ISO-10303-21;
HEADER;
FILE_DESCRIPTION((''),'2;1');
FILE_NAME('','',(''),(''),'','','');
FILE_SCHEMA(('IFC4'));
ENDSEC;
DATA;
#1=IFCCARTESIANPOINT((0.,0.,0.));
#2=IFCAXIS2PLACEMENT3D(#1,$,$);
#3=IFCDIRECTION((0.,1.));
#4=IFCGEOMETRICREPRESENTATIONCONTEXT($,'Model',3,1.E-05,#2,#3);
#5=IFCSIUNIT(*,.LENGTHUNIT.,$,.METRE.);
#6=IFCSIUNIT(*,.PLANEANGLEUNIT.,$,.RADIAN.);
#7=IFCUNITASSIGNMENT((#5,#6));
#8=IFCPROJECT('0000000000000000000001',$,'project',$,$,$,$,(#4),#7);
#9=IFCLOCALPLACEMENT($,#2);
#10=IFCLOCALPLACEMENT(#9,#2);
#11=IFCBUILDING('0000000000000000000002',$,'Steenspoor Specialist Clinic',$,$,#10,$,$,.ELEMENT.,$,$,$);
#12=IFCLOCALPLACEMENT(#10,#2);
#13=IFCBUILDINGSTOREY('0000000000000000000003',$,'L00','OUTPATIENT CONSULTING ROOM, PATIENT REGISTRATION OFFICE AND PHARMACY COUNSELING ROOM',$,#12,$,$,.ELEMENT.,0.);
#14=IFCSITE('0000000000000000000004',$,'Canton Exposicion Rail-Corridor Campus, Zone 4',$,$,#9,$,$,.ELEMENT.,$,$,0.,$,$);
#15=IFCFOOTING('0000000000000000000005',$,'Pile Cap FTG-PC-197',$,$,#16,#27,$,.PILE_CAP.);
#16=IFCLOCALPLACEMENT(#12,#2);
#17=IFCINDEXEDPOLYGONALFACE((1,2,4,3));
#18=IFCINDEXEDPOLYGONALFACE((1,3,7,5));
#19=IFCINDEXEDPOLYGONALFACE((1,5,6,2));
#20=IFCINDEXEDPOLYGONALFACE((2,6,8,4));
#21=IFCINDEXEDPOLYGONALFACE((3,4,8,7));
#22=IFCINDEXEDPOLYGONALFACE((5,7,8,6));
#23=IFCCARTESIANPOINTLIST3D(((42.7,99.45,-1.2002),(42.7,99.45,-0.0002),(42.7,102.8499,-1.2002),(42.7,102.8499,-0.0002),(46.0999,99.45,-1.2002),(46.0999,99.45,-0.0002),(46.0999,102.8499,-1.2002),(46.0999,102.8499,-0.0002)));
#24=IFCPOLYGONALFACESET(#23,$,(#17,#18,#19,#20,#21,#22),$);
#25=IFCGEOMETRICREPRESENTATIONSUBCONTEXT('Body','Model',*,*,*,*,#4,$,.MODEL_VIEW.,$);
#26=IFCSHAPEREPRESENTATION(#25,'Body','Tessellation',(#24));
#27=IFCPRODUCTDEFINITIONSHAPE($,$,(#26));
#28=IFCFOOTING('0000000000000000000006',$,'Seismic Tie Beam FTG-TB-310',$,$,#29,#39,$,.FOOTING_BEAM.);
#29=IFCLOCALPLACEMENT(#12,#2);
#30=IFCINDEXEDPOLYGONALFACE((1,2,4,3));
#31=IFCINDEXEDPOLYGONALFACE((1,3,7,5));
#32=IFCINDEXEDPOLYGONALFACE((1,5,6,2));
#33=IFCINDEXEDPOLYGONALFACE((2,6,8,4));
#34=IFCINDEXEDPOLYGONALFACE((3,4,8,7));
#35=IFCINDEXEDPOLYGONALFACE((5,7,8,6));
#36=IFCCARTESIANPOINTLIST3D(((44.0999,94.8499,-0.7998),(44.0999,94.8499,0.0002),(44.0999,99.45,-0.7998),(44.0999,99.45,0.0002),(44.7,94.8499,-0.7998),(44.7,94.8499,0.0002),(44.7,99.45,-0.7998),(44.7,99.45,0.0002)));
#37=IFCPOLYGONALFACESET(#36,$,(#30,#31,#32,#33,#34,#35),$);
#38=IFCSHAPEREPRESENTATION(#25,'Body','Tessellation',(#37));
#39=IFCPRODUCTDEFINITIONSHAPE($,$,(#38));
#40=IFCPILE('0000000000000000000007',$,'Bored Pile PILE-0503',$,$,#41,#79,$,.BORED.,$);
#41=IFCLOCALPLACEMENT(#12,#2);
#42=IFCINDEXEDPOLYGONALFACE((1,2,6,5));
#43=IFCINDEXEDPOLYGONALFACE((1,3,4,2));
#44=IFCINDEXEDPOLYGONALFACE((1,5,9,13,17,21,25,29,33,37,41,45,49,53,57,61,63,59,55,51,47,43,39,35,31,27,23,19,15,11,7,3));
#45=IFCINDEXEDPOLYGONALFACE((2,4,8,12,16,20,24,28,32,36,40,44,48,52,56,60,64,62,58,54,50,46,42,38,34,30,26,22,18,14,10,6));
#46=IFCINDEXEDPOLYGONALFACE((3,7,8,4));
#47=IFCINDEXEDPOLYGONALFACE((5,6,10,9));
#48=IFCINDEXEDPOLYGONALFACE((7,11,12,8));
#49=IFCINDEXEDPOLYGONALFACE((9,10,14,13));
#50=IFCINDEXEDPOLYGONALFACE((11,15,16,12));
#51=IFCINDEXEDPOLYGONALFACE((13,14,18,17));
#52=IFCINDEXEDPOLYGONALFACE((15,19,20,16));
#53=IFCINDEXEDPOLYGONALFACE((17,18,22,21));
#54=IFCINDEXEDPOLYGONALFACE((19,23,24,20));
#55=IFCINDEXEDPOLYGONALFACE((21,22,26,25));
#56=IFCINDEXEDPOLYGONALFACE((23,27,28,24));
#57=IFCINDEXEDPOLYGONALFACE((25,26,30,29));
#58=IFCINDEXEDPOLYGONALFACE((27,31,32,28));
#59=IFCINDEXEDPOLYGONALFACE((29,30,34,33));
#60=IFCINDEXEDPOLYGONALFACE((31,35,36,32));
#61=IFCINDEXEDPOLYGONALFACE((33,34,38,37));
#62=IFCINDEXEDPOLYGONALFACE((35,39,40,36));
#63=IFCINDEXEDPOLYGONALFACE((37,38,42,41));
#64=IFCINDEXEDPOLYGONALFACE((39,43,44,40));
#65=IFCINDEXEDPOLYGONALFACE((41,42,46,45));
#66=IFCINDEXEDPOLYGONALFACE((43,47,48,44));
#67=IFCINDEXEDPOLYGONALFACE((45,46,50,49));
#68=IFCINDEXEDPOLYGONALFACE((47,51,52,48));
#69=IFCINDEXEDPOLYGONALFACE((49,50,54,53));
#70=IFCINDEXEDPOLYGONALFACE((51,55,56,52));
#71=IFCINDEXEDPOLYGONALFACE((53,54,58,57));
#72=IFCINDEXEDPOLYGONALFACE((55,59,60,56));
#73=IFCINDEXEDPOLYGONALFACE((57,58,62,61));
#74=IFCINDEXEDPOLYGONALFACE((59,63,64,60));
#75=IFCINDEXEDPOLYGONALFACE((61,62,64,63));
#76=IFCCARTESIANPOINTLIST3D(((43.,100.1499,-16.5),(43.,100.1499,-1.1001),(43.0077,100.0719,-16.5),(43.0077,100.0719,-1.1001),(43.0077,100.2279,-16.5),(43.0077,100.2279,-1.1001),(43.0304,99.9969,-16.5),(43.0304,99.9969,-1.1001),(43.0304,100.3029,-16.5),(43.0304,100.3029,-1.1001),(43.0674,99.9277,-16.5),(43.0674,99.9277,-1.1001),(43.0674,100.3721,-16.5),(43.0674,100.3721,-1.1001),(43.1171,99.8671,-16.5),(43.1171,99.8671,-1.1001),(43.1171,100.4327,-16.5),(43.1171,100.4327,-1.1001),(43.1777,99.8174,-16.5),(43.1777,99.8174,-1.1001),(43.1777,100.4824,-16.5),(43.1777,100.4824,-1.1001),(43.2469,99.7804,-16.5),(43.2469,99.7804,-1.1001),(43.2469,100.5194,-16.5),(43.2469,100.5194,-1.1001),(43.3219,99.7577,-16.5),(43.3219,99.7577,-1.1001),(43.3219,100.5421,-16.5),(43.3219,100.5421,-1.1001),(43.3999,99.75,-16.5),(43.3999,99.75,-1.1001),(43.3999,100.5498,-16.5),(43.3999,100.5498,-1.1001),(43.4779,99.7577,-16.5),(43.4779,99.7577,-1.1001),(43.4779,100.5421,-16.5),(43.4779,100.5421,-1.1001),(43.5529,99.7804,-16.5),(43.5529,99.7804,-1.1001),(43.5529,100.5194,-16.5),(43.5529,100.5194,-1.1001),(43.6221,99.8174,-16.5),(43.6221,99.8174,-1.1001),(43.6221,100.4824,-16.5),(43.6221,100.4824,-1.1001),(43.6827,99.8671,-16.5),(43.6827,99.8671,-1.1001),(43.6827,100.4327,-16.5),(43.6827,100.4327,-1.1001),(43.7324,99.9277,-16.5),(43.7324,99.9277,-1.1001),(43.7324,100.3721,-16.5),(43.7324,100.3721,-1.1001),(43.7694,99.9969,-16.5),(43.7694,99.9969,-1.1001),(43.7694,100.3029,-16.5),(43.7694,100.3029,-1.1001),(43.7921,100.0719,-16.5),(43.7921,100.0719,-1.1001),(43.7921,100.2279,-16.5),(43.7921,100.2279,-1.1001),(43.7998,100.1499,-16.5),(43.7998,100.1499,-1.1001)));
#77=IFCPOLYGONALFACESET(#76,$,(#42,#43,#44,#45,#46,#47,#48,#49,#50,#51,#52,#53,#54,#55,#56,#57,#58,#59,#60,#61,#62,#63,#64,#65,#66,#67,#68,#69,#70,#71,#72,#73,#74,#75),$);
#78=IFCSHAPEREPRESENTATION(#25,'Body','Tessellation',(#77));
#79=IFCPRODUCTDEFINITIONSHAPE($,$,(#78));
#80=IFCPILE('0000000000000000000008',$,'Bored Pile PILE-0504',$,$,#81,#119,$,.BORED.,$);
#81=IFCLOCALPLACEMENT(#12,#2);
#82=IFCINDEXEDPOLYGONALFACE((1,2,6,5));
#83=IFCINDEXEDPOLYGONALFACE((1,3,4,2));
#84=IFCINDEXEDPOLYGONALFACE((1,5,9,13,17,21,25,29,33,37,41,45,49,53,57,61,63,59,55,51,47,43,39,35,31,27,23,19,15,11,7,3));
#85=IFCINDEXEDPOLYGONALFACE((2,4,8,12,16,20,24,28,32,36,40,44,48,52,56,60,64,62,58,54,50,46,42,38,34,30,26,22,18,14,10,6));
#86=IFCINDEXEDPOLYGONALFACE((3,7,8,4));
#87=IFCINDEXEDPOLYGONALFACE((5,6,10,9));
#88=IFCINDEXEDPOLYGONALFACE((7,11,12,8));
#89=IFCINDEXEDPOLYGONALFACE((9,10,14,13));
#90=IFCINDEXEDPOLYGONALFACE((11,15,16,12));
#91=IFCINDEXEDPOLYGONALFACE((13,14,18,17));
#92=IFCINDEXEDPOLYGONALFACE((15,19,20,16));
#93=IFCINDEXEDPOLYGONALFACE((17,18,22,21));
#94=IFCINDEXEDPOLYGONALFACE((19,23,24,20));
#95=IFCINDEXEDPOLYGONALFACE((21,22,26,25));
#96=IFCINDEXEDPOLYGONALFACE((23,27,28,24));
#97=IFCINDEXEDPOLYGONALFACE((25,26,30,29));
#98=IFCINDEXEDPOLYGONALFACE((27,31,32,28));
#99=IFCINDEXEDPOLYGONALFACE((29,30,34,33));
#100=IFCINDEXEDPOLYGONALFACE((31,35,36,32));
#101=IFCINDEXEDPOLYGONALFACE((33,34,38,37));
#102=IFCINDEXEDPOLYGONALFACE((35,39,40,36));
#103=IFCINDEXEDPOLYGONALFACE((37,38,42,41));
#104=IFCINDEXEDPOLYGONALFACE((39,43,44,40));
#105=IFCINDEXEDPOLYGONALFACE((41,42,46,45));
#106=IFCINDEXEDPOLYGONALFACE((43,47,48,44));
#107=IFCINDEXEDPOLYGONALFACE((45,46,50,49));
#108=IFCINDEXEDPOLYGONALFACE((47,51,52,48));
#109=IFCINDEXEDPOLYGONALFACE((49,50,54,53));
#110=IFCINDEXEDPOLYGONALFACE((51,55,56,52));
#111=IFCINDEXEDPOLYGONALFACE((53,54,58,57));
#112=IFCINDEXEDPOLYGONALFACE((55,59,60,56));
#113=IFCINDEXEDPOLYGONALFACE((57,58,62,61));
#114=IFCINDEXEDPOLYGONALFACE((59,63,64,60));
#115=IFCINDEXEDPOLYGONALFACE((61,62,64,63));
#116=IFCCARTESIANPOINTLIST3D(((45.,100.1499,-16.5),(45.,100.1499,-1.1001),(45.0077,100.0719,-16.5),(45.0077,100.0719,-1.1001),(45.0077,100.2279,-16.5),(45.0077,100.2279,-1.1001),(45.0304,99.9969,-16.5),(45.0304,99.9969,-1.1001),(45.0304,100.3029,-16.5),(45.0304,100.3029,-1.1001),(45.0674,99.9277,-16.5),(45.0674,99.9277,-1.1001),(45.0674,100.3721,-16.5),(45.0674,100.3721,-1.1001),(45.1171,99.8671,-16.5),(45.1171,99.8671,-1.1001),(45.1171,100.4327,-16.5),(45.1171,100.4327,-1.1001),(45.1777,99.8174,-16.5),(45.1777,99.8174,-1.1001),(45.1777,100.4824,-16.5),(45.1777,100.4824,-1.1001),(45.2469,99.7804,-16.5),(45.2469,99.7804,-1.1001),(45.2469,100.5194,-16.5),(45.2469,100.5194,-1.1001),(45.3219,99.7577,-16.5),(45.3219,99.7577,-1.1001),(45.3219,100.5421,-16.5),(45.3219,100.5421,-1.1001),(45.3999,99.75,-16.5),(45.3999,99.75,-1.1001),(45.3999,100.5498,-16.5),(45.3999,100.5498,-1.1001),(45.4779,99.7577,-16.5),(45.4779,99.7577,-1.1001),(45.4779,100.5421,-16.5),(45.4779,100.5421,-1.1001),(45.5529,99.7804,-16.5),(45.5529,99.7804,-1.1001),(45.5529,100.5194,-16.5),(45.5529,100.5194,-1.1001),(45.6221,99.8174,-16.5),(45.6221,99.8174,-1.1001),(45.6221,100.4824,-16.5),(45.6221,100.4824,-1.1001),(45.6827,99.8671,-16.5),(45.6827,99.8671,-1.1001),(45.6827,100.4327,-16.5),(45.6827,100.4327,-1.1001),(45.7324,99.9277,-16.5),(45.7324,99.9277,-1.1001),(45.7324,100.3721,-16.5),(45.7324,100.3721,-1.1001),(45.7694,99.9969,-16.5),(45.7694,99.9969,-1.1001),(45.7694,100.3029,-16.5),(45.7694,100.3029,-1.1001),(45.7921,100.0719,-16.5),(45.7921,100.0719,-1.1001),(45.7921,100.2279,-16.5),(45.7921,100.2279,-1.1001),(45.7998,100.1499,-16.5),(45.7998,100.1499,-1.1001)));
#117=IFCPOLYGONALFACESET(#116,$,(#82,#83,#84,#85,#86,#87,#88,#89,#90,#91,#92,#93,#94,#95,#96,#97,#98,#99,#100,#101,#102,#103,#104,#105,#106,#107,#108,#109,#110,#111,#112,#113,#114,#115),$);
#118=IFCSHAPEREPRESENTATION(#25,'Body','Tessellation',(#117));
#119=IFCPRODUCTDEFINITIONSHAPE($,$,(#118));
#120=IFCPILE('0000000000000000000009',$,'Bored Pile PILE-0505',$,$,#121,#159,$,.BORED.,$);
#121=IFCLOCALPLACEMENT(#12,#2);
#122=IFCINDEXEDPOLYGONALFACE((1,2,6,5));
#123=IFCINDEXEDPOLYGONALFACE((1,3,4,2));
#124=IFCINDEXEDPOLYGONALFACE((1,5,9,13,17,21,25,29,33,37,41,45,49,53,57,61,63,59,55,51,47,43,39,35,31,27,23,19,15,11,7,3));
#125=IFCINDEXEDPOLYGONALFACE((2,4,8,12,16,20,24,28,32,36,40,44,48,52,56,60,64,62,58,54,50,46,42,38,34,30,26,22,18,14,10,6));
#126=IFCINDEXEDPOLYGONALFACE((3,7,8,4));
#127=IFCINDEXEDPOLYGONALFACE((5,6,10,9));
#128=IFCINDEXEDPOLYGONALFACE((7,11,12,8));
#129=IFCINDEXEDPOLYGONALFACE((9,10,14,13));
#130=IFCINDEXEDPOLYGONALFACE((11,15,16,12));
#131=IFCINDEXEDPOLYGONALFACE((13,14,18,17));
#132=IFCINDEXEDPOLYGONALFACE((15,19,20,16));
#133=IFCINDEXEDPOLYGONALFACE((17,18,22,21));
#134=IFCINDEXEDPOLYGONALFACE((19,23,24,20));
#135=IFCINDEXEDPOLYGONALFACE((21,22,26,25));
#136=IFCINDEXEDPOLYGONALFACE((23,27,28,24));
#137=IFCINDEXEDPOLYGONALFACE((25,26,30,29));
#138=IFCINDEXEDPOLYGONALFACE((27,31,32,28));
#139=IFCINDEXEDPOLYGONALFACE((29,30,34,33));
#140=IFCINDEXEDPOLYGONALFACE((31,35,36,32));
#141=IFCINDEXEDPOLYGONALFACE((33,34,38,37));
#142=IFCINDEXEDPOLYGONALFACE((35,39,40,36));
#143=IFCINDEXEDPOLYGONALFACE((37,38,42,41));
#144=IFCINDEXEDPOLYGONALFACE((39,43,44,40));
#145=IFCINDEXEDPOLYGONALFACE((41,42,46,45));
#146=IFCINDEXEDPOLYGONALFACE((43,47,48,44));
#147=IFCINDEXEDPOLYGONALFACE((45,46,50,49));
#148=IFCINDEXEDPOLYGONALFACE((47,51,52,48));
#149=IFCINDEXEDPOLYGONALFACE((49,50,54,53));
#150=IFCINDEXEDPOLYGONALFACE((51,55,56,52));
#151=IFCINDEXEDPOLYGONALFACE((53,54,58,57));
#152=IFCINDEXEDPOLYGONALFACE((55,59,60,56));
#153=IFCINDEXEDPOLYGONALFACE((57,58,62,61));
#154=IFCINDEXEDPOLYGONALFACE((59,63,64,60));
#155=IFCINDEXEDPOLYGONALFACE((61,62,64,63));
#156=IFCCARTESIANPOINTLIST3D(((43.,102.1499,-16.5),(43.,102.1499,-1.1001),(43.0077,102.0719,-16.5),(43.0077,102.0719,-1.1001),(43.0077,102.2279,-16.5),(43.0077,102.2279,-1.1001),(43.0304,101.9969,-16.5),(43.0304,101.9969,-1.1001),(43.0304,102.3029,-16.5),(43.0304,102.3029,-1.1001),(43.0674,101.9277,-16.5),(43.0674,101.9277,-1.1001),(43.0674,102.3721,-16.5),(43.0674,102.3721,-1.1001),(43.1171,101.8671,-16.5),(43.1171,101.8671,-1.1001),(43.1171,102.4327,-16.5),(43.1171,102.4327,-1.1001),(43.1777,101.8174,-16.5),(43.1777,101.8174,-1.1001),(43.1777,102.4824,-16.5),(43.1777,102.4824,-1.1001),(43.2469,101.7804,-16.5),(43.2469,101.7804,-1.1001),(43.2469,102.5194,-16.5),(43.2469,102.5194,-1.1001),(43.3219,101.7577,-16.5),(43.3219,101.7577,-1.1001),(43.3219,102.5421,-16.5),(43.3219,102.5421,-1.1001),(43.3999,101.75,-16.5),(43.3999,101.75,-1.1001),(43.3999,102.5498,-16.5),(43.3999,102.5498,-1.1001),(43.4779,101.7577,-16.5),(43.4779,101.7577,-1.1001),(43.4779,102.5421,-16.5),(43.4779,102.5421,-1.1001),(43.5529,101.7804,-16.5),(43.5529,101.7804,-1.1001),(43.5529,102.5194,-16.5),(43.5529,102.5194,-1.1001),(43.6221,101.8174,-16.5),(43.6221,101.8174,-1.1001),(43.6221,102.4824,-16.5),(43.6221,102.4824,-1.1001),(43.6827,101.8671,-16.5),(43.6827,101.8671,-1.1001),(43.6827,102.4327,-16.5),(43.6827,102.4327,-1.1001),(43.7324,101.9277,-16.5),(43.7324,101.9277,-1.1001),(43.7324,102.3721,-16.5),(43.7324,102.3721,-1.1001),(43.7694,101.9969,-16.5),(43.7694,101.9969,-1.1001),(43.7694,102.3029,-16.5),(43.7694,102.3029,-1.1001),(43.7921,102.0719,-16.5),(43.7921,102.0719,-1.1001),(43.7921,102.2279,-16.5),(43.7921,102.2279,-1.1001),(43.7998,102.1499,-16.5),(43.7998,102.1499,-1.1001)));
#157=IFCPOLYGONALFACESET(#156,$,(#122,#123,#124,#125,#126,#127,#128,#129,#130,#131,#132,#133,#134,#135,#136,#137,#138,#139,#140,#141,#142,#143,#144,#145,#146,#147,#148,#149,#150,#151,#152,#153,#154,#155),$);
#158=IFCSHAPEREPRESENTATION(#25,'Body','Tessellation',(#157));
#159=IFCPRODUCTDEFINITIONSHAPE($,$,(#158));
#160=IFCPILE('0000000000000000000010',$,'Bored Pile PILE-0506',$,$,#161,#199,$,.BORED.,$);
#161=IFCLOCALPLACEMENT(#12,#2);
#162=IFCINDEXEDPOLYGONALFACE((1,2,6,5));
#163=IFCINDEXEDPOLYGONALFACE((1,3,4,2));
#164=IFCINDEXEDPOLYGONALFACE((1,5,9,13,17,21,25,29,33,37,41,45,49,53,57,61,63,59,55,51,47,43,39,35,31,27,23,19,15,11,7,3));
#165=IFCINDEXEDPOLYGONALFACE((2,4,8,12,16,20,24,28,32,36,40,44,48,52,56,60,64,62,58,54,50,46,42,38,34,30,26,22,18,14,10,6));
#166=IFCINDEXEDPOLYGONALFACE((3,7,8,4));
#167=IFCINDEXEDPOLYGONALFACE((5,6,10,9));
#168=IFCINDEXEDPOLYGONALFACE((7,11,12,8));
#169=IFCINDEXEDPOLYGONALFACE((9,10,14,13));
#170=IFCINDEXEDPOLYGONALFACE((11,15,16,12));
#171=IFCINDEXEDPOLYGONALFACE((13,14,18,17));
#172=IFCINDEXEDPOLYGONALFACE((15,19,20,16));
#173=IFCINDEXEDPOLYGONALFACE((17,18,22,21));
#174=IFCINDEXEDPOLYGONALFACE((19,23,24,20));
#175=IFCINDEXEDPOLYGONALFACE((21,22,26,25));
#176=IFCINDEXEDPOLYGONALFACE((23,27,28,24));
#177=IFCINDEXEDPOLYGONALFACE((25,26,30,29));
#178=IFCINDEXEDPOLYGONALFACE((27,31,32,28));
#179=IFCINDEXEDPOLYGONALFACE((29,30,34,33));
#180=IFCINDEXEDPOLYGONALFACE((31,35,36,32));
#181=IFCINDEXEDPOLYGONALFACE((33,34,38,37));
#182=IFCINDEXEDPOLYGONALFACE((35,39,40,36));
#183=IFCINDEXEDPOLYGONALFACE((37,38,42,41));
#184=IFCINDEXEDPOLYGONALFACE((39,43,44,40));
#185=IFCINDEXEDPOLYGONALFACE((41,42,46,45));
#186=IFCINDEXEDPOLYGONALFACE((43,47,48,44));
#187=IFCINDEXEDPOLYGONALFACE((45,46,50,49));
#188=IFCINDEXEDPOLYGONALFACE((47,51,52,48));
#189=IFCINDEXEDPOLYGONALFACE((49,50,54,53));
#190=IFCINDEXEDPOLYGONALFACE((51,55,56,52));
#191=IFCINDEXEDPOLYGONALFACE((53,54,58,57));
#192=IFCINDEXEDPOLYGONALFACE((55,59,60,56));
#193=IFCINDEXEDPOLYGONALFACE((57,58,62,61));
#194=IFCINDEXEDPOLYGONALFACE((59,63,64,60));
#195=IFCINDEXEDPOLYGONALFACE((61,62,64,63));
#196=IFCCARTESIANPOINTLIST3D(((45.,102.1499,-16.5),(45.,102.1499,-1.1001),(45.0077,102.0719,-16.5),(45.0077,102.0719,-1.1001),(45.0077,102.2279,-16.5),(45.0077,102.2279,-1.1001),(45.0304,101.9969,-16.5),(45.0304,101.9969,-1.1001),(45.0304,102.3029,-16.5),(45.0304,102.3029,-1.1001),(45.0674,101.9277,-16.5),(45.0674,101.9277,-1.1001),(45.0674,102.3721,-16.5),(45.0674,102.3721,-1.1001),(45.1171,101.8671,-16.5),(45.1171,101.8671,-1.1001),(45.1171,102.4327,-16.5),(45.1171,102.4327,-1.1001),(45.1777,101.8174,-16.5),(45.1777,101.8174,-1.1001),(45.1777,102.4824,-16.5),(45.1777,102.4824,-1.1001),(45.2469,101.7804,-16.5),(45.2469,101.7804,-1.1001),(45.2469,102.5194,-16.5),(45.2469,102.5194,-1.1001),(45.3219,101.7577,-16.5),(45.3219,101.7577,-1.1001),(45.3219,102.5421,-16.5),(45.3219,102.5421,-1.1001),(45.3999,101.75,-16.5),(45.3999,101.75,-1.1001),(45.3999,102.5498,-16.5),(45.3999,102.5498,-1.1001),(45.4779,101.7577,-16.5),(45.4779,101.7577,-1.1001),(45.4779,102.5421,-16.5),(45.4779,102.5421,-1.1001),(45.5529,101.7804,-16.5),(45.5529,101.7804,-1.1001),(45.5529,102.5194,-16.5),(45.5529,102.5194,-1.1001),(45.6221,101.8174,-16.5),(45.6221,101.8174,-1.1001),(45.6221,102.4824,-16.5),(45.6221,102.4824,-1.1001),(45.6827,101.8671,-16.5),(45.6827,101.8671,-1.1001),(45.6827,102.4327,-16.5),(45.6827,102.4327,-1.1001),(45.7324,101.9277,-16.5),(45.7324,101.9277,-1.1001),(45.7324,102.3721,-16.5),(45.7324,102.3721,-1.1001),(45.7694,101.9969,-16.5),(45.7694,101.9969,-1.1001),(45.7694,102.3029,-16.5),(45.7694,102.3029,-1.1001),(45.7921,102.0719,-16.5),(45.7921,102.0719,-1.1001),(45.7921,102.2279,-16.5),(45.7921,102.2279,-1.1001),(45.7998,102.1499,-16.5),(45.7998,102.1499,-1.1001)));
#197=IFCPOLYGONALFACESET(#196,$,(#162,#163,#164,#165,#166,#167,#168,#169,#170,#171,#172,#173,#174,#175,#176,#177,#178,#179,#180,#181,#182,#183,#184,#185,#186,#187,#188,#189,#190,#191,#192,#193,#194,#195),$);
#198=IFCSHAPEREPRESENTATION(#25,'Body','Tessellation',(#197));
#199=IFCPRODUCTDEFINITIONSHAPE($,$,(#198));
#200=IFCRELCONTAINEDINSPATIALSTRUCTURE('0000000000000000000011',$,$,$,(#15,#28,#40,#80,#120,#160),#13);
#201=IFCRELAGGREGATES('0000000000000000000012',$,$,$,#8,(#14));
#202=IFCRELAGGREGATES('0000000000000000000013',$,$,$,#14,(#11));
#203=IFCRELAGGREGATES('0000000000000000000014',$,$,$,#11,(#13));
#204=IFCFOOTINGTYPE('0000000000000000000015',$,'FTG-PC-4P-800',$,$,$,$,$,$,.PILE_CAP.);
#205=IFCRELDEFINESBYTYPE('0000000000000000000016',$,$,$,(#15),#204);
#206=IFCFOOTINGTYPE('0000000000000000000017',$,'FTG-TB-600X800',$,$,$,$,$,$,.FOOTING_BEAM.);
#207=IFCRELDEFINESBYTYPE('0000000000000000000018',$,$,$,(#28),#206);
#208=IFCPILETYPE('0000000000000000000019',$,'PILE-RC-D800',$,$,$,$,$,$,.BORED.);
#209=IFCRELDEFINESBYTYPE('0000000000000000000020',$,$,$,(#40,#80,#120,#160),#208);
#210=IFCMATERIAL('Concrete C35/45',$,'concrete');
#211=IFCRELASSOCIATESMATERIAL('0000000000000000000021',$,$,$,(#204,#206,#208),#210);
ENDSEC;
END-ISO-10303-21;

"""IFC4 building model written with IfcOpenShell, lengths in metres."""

from ifc_helpers import new_model, si_unit, direction, frame, origin, origin_2d, place, context, subcontext, project, spatial, rectangle, circle, extrude, material, material_profile, profile_set, type_object, element, save


model = new_model("IFC4")

# Units and contexts
model_context = context("Model", 3, precision=1e-05, world=origin(), true_north=direction((0.0, 1.0)))
body_context = subcontext(model_context, "Body", "Model", "MODEL_VIEW")
ifc_project = project(units=[si_unit("LENGTHUNIT", "METRE"), si_unit("PLANEANGLEUNIT", "RADIAN")], contexts=[model_context])

# Site, building, storey
site_placement = place(None, origin())
site = spatial("IfcSite", under=ifc_project, at=site_placement, Name="Canton Exposicion Rail-Corridor Campus, Zone 4", CompositionType="ELEMENT", RefElevation=0.0)
building_placement = place(site_placement, origin())
building = spatial("IfcBuilding", under=site, at=building_placement, Name="Steenspoor Specialist Clinic", CompositionType="ELEMENT")
storey_placement = place(building_placement, origin())
storey = spatial("IfcBuildingStorey", under=building, at=storey_placement, Name="L00", Description="OUTPATIENT CONSULTING ROOM, PATIENT REGISTRATION OFFICE AND PHARMACY COUNSELING ROOM", CompositionType="ELEMENT", Elevation=0.0)

# Footings
ifc_material_1 = material(Name="Concrete C35/45", Category="concrete")
footing_type_1 = type_object("IfcFootingType", Name="FTG-PC-4P-800", PredefinedType="PILE_CAP", material=ifc_material_1)
footing_1_placement = place(storey_placement, frame((44.3999, 101.1499, -1.2002), z_axis=(0.0, 0.0, 1.0), x_axis=(1.0, 0.0, 0.0)))
element("IfcFooting", 1, at=footing_1_placement, inside=storey, type_object=footing_type_1, Name="Pile Cap FTG-PC-197", PredefinedType="PILE_CAP", context=body_context, shape_type="SweptSolid", body=[
    extrude(rectangle(XDim=3.3999, YDim=3.3999, at=origin_2d()), origin(), (0.0, 0.0, 1.0), 1.2),
])
footing_type_2 = type_object("IfcFootingType", Name="FTG-TB-600X800", PredefinedType="FOOTING_BEAM", material=ifc_material_1)
footing_2_placement = place(storey_placement, frame((44.3999, 97.1499, -0.7998), z_axis=(0.0, 0.0, 1.0), x_axis=(1.0, 0.0, 0.0)))
element("IfcFooting", 2, at=footing_2_placement, inside=storey, type_object=footing_type_2, Name="Seismic Tie Beam FTG-TB-310", PredefinedType="FOOTING_BEAM", context=body_context, shape_type="SweptSolid", body=[
    extrude(rectangle(XDim=0.6001, YDim=4.6001, at=origin_2d()), origin(), (0.0, 0.0, 1.0), 0.8),
])

# Piles
ifc_material_profile_1 = material_profile(ifc_material_1, circle(Radius=0.3999, at=origin_2d()), Name="PILE-D800")
ifc_profile_set_1 = profile_set([ifc_material_profile_1], Name="Concrete C35/45")
pile_type = type_object("IfcPileType", Name="PILE-RC-D800", PredefinedType="BORED", material=ifc_profile_set_1)
for number, where, z_axis, x_axis, name in (
    (3, (43.3999, 100.1499, -1.1001), (0.0, 0.0, -1.0), (1.0, 0.0, 0.0), "Bored Pile PILE-0503"),
    (4, (45.3999, 100.1499, -1.1001), (0.0, 0.0, -1.0), (1.0, 0.0, 0.0), "Bored Pile PILE-0504"),
    (5, (43.3999, 102.1499, -1.1001), (0.0, 0.0, -1.0), (1.0, 0.0, 0.0), "Bored Pile PILE-0505"),
    (6, (45.3999, 102.1499, -1.1001), (0.0, 0.0, -1.0), (1.0, 0.0, 0.0), "Bored Pile PILE-0506"),
):
    element("IfcPile", number, at=place(storey_placement, frame(where, z_axis=z_axis, x_axis=x_axis)), inside=storey, type_object=pile_type, Name=name, PredefinedType="BORED", context=body_context, shape_type="SweptSolid", body=[
        extrude(circle(Radius=0.3999, at=origin_2d()), origin(), (0.0, 0.0, 1.0), 15.3999),
    ])

save(model, "model.ifc")
